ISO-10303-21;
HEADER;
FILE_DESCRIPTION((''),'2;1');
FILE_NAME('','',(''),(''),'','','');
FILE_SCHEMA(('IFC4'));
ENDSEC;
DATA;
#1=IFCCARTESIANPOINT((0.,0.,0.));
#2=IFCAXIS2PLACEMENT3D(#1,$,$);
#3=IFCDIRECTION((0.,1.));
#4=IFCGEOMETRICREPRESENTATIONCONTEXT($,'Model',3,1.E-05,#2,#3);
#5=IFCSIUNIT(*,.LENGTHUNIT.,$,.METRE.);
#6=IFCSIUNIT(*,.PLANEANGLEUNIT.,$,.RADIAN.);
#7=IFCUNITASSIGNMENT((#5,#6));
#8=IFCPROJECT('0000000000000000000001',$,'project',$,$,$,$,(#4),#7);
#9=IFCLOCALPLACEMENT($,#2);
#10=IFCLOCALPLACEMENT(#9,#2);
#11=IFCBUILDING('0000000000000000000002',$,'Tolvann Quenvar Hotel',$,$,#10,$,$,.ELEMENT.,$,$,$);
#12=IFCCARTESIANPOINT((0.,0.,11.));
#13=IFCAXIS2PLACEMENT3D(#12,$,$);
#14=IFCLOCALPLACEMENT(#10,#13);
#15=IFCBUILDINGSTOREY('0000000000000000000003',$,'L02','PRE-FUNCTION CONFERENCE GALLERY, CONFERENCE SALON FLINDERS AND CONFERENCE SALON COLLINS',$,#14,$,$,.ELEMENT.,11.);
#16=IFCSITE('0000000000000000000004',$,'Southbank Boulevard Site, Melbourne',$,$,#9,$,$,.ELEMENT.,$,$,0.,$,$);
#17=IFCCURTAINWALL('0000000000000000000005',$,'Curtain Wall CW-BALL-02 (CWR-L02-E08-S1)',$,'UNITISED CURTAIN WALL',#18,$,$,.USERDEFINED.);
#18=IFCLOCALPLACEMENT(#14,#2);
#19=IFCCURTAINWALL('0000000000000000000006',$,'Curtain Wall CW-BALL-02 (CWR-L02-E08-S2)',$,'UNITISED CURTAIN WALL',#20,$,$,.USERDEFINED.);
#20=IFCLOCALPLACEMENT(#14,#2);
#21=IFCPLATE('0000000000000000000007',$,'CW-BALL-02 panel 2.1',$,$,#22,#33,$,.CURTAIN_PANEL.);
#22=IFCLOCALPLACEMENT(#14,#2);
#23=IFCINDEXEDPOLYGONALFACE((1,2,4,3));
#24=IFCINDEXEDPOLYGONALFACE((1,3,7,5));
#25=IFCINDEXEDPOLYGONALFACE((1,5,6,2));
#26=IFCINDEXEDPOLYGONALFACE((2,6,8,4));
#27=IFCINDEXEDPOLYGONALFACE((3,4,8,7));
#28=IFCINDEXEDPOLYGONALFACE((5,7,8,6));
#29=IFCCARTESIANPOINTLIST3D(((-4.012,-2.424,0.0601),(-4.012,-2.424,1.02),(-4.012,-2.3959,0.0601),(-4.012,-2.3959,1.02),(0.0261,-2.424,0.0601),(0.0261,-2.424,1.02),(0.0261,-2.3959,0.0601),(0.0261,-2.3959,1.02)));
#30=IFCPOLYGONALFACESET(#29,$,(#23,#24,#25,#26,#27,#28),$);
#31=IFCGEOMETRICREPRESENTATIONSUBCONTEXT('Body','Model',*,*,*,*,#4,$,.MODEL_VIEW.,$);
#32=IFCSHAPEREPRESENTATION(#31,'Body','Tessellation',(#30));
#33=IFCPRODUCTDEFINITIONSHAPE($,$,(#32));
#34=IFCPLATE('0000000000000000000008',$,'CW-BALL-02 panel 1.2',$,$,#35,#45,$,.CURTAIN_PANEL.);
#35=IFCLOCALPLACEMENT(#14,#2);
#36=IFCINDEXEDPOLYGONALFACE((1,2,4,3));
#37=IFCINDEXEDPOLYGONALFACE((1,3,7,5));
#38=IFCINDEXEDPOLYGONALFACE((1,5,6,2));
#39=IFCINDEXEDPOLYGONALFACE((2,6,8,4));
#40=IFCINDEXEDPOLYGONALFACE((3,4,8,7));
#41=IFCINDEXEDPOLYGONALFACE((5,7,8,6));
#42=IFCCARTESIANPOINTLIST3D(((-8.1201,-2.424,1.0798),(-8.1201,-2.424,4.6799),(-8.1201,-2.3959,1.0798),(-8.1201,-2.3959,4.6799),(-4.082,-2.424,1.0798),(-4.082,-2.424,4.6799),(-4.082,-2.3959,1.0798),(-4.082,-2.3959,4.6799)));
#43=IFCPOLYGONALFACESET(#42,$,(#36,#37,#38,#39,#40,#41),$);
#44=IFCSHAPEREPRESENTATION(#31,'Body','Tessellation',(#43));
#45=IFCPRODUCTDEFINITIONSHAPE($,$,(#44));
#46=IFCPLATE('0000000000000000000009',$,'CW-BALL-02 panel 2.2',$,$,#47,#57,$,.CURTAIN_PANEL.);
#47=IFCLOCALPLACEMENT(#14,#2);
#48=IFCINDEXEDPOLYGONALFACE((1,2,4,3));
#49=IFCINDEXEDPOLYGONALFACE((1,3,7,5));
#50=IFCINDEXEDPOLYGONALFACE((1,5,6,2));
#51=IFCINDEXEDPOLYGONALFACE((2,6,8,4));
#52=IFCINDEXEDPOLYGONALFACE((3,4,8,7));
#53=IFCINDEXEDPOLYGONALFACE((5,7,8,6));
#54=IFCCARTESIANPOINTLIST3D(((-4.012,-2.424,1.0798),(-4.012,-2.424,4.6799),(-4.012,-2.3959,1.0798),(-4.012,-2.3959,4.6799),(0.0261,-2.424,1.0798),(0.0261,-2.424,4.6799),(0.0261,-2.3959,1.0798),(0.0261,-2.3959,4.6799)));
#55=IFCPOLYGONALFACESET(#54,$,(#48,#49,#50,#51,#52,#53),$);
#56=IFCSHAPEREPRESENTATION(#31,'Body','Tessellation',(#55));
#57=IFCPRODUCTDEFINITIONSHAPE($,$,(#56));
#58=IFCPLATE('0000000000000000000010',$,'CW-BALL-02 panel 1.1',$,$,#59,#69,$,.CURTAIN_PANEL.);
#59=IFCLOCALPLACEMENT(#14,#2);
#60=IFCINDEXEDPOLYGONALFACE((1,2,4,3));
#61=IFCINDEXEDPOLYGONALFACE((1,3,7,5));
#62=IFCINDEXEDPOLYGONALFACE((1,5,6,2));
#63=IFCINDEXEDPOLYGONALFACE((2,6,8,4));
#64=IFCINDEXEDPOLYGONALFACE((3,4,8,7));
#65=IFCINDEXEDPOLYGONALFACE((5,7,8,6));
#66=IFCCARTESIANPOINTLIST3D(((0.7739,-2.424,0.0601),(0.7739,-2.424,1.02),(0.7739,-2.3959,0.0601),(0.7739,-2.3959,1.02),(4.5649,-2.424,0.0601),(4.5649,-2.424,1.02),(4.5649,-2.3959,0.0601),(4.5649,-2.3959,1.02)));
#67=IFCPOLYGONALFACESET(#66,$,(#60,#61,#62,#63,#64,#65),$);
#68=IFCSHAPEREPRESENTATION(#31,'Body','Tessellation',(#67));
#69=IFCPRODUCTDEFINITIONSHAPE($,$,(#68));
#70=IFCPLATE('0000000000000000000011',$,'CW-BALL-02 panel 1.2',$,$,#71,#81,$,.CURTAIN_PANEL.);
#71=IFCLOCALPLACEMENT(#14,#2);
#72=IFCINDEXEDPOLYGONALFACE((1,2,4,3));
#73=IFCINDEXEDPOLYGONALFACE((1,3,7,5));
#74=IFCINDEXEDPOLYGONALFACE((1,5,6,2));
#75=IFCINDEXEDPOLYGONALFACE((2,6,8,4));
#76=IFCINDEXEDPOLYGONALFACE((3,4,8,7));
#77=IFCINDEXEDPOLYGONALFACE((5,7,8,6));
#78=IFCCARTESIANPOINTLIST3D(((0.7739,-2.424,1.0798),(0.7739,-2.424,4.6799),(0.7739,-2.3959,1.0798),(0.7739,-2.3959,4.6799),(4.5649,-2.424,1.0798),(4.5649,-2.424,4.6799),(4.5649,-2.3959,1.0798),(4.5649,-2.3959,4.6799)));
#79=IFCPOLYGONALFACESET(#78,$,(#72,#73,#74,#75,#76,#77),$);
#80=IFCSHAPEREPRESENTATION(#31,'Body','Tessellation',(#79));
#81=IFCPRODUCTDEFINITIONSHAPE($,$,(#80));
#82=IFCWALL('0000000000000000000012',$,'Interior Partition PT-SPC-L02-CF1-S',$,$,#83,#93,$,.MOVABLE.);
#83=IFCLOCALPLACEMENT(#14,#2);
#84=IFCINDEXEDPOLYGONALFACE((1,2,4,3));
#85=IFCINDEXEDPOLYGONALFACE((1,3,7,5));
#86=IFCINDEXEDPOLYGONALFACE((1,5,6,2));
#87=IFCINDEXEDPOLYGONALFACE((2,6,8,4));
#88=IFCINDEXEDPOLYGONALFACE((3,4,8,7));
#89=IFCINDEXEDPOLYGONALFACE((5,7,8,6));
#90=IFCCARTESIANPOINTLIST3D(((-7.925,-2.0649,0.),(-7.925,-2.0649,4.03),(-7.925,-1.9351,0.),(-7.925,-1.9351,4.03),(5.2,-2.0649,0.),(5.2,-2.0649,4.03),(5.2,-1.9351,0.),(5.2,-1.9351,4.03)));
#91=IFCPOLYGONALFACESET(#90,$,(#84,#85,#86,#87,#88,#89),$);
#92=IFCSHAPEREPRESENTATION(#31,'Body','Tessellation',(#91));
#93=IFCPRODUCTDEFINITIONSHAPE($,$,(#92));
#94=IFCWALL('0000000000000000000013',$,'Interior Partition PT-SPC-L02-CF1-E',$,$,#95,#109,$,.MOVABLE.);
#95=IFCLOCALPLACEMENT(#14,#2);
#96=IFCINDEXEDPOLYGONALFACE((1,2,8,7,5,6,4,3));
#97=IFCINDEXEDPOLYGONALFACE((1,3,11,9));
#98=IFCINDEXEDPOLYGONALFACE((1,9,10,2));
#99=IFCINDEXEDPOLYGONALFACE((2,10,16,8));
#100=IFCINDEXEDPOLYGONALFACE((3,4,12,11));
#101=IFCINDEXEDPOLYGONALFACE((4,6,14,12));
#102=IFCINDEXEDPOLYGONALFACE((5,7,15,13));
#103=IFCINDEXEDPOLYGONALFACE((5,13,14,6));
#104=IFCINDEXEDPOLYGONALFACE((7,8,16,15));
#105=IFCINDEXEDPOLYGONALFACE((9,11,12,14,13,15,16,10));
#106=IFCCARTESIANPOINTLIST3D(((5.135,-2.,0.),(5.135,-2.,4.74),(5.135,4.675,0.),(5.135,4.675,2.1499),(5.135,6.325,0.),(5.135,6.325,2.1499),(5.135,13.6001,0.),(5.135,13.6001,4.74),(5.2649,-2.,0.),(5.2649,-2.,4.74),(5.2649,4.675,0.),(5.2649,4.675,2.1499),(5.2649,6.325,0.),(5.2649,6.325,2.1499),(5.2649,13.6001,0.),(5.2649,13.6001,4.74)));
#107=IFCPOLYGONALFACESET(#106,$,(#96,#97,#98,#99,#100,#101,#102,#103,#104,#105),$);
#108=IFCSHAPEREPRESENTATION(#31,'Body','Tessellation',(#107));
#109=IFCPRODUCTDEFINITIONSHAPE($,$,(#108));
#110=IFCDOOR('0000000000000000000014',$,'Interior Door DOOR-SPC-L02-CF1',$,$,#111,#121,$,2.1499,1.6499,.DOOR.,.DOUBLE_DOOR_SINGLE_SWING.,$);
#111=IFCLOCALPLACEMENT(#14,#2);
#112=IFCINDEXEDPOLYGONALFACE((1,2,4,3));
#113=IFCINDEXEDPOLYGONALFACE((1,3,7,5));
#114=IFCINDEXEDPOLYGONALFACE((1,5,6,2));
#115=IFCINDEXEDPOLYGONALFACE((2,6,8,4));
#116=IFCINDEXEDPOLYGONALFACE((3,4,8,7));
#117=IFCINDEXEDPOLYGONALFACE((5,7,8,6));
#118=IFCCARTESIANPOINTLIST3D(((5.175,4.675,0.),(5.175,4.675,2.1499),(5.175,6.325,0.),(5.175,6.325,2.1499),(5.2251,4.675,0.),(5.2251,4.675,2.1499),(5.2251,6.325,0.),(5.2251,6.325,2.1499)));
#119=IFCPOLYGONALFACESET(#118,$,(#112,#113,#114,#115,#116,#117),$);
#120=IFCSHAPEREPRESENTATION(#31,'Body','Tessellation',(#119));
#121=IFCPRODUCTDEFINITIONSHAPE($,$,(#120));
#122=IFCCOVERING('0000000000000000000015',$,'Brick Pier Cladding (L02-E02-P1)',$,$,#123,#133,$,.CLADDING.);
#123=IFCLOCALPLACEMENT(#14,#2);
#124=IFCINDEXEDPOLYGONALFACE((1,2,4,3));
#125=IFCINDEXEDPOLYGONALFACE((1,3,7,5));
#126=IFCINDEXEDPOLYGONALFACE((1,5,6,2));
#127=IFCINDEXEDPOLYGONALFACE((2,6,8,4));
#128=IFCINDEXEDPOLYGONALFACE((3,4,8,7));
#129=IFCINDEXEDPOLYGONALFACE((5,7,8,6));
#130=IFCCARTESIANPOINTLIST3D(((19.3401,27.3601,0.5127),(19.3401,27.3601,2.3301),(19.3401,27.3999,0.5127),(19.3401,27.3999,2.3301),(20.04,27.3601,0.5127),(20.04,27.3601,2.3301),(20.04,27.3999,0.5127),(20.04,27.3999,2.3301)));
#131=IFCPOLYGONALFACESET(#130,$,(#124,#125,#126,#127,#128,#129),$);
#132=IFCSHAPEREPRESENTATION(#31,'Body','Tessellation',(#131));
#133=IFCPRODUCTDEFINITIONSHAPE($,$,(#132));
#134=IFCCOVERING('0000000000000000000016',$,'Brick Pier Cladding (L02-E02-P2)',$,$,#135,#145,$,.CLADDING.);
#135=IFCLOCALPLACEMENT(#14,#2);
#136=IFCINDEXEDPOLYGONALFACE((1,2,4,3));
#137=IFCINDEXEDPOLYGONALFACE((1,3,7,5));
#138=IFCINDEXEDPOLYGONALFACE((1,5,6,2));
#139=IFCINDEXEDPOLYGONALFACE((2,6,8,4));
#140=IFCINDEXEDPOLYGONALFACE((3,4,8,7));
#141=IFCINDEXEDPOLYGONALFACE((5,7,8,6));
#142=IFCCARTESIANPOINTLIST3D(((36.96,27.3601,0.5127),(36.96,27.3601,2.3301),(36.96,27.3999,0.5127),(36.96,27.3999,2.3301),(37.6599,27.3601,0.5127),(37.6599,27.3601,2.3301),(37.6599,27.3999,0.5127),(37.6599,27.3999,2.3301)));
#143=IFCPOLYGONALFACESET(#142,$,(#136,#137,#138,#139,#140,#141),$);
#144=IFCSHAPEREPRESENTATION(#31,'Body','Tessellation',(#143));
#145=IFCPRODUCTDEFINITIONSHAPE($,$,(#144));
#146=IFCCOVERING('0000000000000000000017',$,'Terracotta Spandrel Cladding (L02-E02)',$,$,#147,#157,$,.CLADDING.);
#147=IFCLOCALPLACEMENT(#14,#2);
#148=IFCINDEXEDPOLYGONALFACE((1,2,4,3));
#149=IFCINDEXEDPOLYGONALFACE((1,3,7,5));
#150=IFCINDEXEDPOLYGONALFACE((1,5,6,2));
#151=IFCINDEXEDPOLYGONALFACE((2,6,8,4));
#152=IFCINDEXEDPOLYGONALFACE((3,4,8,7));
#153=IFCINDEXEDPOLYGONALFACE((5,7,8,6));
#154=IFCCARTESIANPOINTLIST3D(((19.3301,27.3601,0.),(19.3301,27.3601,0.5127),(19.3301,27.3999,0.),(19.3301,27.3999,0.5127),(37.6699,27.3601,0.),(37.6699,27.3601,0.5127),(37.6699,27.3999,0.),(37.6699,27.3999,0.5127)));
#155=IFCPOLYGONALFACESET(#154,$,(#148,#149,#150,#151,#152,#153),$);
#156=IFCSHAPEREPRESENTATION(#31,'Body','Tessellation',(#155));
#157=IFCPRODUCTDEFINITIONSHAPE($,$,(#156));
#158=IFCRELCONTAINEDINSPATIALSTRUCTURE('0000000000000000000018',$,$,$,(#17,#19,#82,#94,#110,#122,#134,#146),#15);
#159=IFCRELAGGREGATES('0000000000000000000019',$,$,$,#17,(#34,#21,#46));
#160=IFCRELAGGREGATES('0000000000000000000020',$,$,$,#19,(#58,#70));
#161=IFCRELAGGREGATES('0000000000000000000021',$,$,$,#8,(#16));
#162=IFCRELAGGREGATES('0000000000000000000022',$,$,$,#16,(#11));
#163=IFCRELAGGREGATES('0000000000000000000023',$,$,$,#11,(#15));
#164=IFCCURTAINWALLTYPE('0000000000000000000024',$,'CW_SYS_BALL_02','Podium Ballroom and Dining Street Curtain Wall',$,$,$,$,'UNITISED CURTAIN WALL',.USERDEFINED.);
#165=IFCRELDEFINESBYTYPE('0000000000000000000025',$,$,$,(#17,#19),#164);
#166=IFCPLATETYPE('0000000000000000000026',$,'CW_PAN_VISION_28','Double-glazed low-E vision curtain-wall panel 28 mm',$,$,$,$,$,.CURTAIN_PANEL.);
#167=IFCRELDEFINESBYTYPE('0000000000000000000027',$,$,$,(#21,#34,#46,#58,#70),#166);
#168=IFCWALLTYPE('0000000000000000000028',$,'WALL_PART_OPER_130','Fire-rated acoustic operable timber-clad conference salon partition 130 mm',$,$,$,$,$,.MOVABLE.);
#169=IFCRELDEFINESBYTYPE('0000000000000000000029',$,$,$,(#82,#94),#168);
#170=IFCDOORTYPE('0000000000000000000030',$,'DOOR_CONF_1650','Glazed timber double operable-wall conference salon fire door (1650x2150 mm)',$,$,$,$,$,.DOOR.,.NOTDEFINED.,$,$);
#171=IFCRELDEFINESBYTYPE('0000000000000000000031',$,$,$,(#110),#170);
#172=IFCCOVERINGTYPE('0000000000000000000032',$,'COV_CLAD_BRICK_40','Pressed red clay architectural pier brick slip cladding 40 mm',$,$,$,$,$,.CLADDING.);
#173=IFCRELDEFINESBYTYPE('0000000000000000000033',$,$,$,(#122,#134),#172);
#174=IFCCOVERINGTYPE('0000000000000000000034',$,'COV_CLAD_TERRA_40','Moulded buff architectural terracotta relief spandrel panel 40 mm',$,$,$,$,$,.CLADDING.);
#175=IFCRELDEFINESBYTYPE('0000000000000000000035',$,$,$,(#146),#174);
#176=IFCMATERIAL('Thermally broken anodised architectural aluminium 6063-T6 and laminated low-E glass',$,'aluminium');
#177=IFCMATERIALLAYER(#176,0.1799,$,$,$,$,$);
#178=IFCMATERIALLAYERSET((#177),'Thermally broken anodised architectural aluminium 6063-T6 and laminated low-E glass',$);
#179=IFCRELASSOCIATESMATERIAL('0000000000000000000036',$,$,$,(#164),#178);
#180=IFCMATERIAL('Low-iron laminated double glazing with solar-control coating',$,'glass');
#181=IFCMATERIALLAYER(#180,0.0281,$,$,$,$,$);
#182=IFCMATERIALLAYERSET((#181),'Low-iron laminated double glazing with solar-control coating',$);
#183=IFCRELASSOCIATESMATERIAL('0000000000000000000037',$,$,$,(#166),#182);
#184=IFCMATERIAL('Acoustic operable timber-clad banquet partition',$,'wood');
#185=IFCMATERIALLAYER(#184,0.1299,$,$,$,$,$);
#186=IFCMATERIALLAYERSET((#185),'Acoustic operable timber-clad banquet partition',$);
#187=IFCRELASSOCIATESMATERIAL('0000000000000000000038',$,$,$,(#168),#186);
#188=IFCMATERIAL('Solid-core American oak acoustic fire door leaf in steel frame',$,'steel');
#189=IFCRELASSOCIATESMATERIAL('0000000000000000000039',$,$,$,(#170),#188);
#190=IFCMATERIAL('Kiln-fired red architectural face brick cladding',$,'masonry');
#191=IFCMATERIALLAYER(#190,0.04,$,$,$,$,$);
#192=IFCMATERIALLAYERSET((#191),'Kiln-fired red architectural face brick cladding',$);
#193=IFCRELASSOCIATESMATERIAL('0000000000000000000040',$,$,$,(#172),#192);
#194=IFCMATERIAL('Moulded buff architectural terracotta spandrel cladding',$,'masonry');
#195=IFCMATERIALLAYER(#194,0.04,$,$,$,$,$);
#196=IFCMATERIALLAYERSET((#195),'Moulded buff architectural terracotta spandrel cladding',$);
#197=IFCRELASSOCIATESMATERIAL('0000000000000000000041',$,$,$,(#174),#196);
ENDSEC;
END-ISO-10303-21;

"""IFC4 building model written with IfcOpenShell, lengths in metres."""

from ifc_helpers import new_model, si_unit, direction, frame, frame_2d, origin, origin_2d, place, context, subcontext, project, spatial, polyline, rectangle, outline, extrude, source, transform, mapped, material, layer, layer_set, type_object, type_shapes, element, fill, aggregate, save


model = new_model("IFC4")

# Units and contexts
model_context = context("Model", 3, precision=1e-05, world=origin(), true_north=direction((0.0, 1.0)))
body_context = subcontext(model_context, "Body", "Model", "MODEL_VIEW")
ifc_project = project(units=[si_unit("LENGTHUNIT", "METRE"), si_unit("PLANEANGLEUNIT", "RADIAN")], contexts=[model_context])

# Site, building, storey
site_placement = place(None, origin())
site = spatial("IfcSite", under=ifc_project, at=site_placement, Name="Southbank Boulevard Site, Melbourne", CompositionType="ELEMENT", RefElevation=0.0)
building_placement = place(site_placement, origin())
building = spatial("IfcBuilding", under=site, at=building_placement, Name="Tolvann Quenvar Hotel", CompositionType="ELEMENT")
storey_placement = place(building_placement, frame((0.0, 0.0, 11.0)))
storey = spatial("IfcBuildingStorey", under=building, at=storey_placement, Name="L02", Description="PRE-FUNCTION CONFERENCE GALLERY, CONFERENCE SALON FLINDERS AND CONFERENCE SALON COLLINS", CompositionType="ELEMENT", Elevation=11.0)

# Curtain walls
ifc_material_1 = material(Name="Thermally broken anodised architectural aluminium 6063-T6 and laminated low-E glass", Category="aluminium")
ifc_layer_1 = layer(ifc_material_1, 0.1799)
ifc_layer_set_1 = layer_set([ifc_layer_1], Name="Thermally broken anodised architectural aluminium 6063-T6 and laminated low-E glass")
curtain_wall_type = type_object("IfcCurtainWallType", Name="CW_SYS_BALL_02", Description="Podium Ballroom and Dining Street Curtain Wall", ElementType="UNITISED CURTAIN WALL", PredefinedType="USERDEFINED", material=ifc_layer_set_1)
curtain_wall_1_placement = place(storey_placement, origin())
curtain_wall_1 = element("IfcCurtainWall", 1, at=curtain_wall_1_placement, inside=storey, type_object=curtain_wall_type, Name="Curtain Wall CW-BALL-02 (CWR-L02-E08-S1)", ObjectType="UNITISED CURTAIN WALL", PredefinedType="USERDEFINED")
curtain_wall_2_placement = place(storey_placement, origin())
curtain_wall_2 = element("IfcCurtainWall", 2, at=curtain_wall_2_placement, inside=storey, type_object=curtain_wall_type, Name="Curtain Wall CW-BALL-02 (CWR-L02-E08-S2)", ObjectType="UNITISED CURTAIN WALL", PredefinedType="USERDEFINED")

# Plates
ifc_material_2 = material(Name="Low-iron laminated double glazing with solar-control coating", Category="glass")
ifc_layer_2 = layer(ifc_material_2, 0.0281)
ifc_layer_set_2 = layer_set([ifc_layer_2], Name="Low-iron laminated double glazing with solar-control coating")
plate_type = type_object("IfcPlateType", Name="CW_PAN_VISION_28", Description="Double-glazed low-E vision curtain-wall panel 28 mm", PredefinedType="CURTAIN_PANEL", material=ifc_layer_set_2)
shared_shape_1 = source(origin(), body_context, "Body", "SweptSolid", [
    extrude(rectangle(XDim=4.0381, YDim=0.0281, at=origin_2d()), origin(), (0.0, 0.0, 1.0), 0.96),
])
plate_1_placement = place(storey_placement, frame((-1.9929, -2.4099, 0.0601), z_axis=(0.0, 0.0, 1.0), x_axis=(1.0, 0.0, 0.0)))
plate_1 = element("IfcPlate", 3, at=plate_1_placement, type_object=plate_type, Name="CW-BALL-02 panel 2.1", PredefinedType="CURTAIN_PANEL", context=body_context, shape_type="MappedRepresentation", body=[
    mapped(shared_shape_1, transform((0.0, 0.0, 0.0), x_axis=(1.0, 0.0, 0.0), y_axis=(0.0, 1.0, 0.0), z_axis=(0.0, 0.0, 1.0), scale=1.0)),
])
shared_shape_2 = source(origin(), body_context, "Body", "SweptSolid", [
    extrude(rectangle(XDim=4.0381, YDim=0.0281, at=origin_2d()), origin(), (0.0, 0.0, 1.0), 3.6001),
])
plate_2_placement = place(storey_placement, frame((-6.1011, -2.4099, 1.0798), z_axis=(0.0, 0.0, 1.0), x_axis=(1.0, 0.0, 0.0)))
plate_2 = element("IfcPlate", 4, at=plate_2_placement, type_object=plate_type, Name="CW-BALL-02 panel 1.2", PredefinedType="CURTAIN_PANEL", context=body_context, shape_type="MappedRepresentation", body=[
    mapped(shared_shape_2, transform((0.0, 0.0, 0.0), x_axis=(1.0, 0.0, 0.0), y_axis=(0.0, 1.0, 0.0), z_axis=(0.0, 0.0, 1.0), scale=1.0)),
])
plate_3_placement = place(storey_placement, frame((-1.9929, -2.4099, 1.0798), z_axis=(0.0, 0.0, 1.0), x_axis=(1.0, 0.0, 0.0)))
plate_3 = element("IfcPlate", 5, at=plate_3_placement, type_object=plate_type, Name="CW-BALL-02 panel 2.2", PredefinedType="CURTAIN_PANEL", context=body_context, shape_type="MappedRepresentation", body=[
    mapped(shared_shape_2, transform((0.0, 0.0, 0.0), x_axis=(1.0, 0.0, 0.0), y_axis=(0.0, 1.0, 0.0), z_axis=(0.0, 0.0, 1.0), scale=1.0)),
])
aggregate(curtain_wall_1, [plate_2, plate_1, plate_3])
shared_shape_3 = source(origin(), body_context, "Body", "SweptSolid", [
    extrude(rectangle(XDim=3.791, YDim=0.0281, at=origin_2d()), origin(), (0.0, 0.0, 1.0), 0.96),
])
plate_4_placement = place(storey_placement, frame((2.6694, -2.4099, 0.0601), z_axis=(0.0, 0.0, 1.0), x_axis=(1.0, 0.0, 0.0)))
plate_4 = element("IfcPlate", 6, at=plate_4_placement, type_object=plate_type, Name="CW-BALL-02 panel 1.1", PredefinedType="CURTAIN_PANEL", context=body_context, shape_type="MappedRepresentation", body=[
    mapped(shared_shape_3, transform((0.0, 0.0, 0.0), x_axis=(1.0, 0.0, 0.0), y_axis=(0.0, 1.0, 0.0), z_axis=(0.0, 0.0, 1.0), scale=1.0)),
])
shared_shape_4 = source(origin(), body_context, "Body", "SweptSolid", [
    extrude(rectangle(XDim=3.791, YDim=0.0281, at=origin_2d()), origin(), (0.0, 0.0, 1.0), 3.6001),
])
type_shapes(plate_type, [shared_shape_1, shared_shape_2, shared_shape_3, shared_shape_4])
plate_5_placement = place(storey_placement, frame((2.6694, -2.4099, 1.0798), z_axis=(0.0, 0.0, 1.0), x_axis=(1.0, 0.0, 0.0)))
plate_5 = element("IfcPlate", 7, at=plate_5_placement, type_object=plate_type, Name="CW-BALL-02 panel 1.2", PredefinedType="CURTAIN_PANEL", context=body_context, shape_type="MappedRepresentation", body=[
    mapped(shared_shape_4, transform((0.0, 0.0, 0.0), x_axis=(1.0, 0.0, 0.0), y_axis=(0.0, 1.0, 0.0), z_axis=(0.0, 0.0, 1.0), scale=1.0)),
])
aggregate(curtain_wall_2, [plate_4, plate_5])

# Wall
ifc_material_3 = material(Name="Acoustic operable timber-clad banquet partition", Category="wood")
ifc_layer_3 = layer(ifc_material_3, 0.1299)
ifc_layer_set_3 = layer_set([ifc_layer_3], Name="Acoustic operable timber-clad banquet partition")
wall_type = type_object("IfcWallType", Name="WALL_PART_OPER_130", Description="Fire-rated acoustic operable timber-clad conference salon partition 130 mm", PredefinedType="MOVABLE", material=ifc_layer_set_3)
wall_1_placement = place(storey_placement, frame((-7.925, -2.0, 0.0), z_axis=(0.0, 0.0, 1.0), x_axis=(1.0, 0.0, 0.0)))
element("IfcWall", 8, at=wall_1_placement, inside=storey, type_object=wall_type, Name="Interior Partition PT-SPC-L02-CF1-S", PredefinedType="MOVABLE", context=body_context, shape_type="SweptSolid", body=[
    extrude(rectangle(XDim=13.125, YDim=0.1299, at=frame_2d((6.5625, 0.0))), origin(), (0.0, 0.0, 1.0), 4.03),
])

# Wall, opening, door
wall_2_placement = place(storey_placement, frame((5.2, -2.0, 0.0), z_axis=(0.0, 0.0, 1.0), x_axis=(0.0, 1.0, 0.0)))
wall_2 = element("IfcWall", 9, at=wall_2_placement, inside=storey, type_object=wall_type, Name="Interior Partition PT-SPC-L02-CF1-E", PredefinedType="MOVABLE", context=body_context, shape_type="SweptSolid", body=[
    extrude(rectangle(XDim=15.6001, YDim=0.1299, at=frame_2d((7.8, 0.0))), origin(), (0.0, 0.0, 1.0), 4.74),
])
opening_placement = place(wall_2_placement, frame((6.675, 0.0, 0.0)))
opening = element("IfcOpeningElement", 10, at=opening_placement, cuts=wall_2, PredefinedType="OPENING", context=body_context, shape_type="SweptSolid", body=[
    extrude(rectangle(XDim=1.6499, YDim=2.1499, at=frame_2d((0.825, 1.075))), frame((0.0, 0.075, 0.0), z_axis=(0.0, -1.0, 0.0), x_axis=(1.0, 0.0, 0.0)), (0.0, 0.0, 1.0), 0.1499),
])
ifc_material_4 = material(Name="Solid-core American oak acoustic fire door leaf in steel frame", Category="steel")
door_type = type_object("IfcDoorType", Name="DOOR_CONF_1650", Description="Glazed timber double operable-wall conference salon fire door (1650x2150 mm)", OperationType="NOTDEFINED", PredefinedType="DOOR", material=ifc_material_4)
shared_shape_5 = source(origin(), body_context, "Body", "SweptSolid", [
    extrude(rectangle(XDim=1.6499, YDim=2.1499, at=frame_2d((0.825, 1.075))), frame((0.0, 0.0249, 0.0), z_axis=(0.0, -1.0, 0.0), x_axis=(1.0, 0.0, 0.0)), (0.0, 0.0, 1.0), 0.05),
])
type_shapes(door_type, [shared_shape_5])
door_placement = place(opening_placement, origin())
door = element("IfcDoor", 11, at=door_placement, inside=storey, type_object=door_type, Name="Interior Door DOOR-SPC-L02-CF1", OperationType="DOUBLE_DOOR_SINGLE_SWING", OverallHeight=2.1499, OverallWidth=1.6499, PredefinedType="DOOR", context=body_context, shape_type="MappedRepresentation", body=[
    mapped(shared_shape_5, transform((0.0, 0.0, 0.0), x_axis=(1.0, 0.0, 0.0), y_axis=(0.0, 1.0, 0.0), z_axis=(0.0, 0.0, 1.0), scale=1.0)),
])
fill(opening, door)

# Coverings
ifc_material_5 = material(Name="Kiln-fired red architectural face brick cladding", Category="masonry")
ifc_layer_4 = layer(ifc_material_5, 0.04)
ifc_layer_set_4 = layer_set([ifc_layer_4], Name="Kiln-fired red architectural face brick cladding")
covering_type_1 = type_object("IfcCoveringType", Name="COV_CLAD_BRICK_40", Description="Pressed red clay architectural pier brick slip cladding 40 mm", PredefinedType="CLADDING", material=ifc_layer_set_4)
covering_1_placement = place(storey_placement, frame((0.0, 0.0, 0.5127)))
element("IfcCovering", 12, at=covering_1_placement, inside=storey, type_object=covering_type_1, Name="Brick Pier Cladding (L02-E02-P1)", PredefinedType="CLADDING", context=body_context, shape_type="SweptSolid", body=[
    extrude(outline(polyline([(19.3401, 27.3999), (20.04, 27.3999), (20.04, 27.3601), (19.3401, 27.3601), (19.3401, 27.3999)])), origin(), (0.0, 0.0, 1.0), 1.8174),
])
covering_2_placement = place(storey_placement, frame((0.0, 0.0, 0.5127)))
element("IfcCovering", 13, at=covering_2_placement, inside=storey, type_object=covering_type_1, Name="Brick Pier Cladding (L02-E02-P2)", PredefinedType="CLADDING", context=body_context, shape_type="SweptSolid", body=[
    extrude(outline(polyline([(36.96, 27.3999), (37.6599, 27.3999), (37.6599, 27.3601), (36.96, 27.3601), (36.96, 27.3999)])), origin(), (0.0, 0.0, 1.0), 1.8174),
])
ifc_material_6 = material(Name="Moulded buff architectural terracotta spandrel cladding", Category="masonry")
ifc_layer_5 = layer(ifc_material_6, 0.04)
ifc_layer_set_5 = layer_set([ifc_layer_5], Name="Moulded buff architectural terracotta spandrel cladding")
covering_type_2 = type_object("IfcCoveringType", Name="COV_CLAD_TERRA_40", Description="Moulded buff architectural terracotta relief spandrel panel 40 mm", PredefinedType="CLADDING", material=ifc_layer_set_5)
covering_3_placement = place(storey_placement, origin())
element("IfcCovering", 14, at=covering_3_placement, inside=storey, type_object=covering_type_2, Name="Terracotta Spandrel Cladding (L02-E02)", PredefinedType="CLADDING", context=body_context, shape_type="SweptSolid", body=[
    extrude(outline(polyline([(19.3301, 27.3999), (37.6699, 27.3999), (37.6699, 27.3601), (19.3301, 27.3601), (19.3301, 27.3999)])), origin(), (0.0, 0.0, 1.0), 0.5127),
])

save(model, "model.ifc")
